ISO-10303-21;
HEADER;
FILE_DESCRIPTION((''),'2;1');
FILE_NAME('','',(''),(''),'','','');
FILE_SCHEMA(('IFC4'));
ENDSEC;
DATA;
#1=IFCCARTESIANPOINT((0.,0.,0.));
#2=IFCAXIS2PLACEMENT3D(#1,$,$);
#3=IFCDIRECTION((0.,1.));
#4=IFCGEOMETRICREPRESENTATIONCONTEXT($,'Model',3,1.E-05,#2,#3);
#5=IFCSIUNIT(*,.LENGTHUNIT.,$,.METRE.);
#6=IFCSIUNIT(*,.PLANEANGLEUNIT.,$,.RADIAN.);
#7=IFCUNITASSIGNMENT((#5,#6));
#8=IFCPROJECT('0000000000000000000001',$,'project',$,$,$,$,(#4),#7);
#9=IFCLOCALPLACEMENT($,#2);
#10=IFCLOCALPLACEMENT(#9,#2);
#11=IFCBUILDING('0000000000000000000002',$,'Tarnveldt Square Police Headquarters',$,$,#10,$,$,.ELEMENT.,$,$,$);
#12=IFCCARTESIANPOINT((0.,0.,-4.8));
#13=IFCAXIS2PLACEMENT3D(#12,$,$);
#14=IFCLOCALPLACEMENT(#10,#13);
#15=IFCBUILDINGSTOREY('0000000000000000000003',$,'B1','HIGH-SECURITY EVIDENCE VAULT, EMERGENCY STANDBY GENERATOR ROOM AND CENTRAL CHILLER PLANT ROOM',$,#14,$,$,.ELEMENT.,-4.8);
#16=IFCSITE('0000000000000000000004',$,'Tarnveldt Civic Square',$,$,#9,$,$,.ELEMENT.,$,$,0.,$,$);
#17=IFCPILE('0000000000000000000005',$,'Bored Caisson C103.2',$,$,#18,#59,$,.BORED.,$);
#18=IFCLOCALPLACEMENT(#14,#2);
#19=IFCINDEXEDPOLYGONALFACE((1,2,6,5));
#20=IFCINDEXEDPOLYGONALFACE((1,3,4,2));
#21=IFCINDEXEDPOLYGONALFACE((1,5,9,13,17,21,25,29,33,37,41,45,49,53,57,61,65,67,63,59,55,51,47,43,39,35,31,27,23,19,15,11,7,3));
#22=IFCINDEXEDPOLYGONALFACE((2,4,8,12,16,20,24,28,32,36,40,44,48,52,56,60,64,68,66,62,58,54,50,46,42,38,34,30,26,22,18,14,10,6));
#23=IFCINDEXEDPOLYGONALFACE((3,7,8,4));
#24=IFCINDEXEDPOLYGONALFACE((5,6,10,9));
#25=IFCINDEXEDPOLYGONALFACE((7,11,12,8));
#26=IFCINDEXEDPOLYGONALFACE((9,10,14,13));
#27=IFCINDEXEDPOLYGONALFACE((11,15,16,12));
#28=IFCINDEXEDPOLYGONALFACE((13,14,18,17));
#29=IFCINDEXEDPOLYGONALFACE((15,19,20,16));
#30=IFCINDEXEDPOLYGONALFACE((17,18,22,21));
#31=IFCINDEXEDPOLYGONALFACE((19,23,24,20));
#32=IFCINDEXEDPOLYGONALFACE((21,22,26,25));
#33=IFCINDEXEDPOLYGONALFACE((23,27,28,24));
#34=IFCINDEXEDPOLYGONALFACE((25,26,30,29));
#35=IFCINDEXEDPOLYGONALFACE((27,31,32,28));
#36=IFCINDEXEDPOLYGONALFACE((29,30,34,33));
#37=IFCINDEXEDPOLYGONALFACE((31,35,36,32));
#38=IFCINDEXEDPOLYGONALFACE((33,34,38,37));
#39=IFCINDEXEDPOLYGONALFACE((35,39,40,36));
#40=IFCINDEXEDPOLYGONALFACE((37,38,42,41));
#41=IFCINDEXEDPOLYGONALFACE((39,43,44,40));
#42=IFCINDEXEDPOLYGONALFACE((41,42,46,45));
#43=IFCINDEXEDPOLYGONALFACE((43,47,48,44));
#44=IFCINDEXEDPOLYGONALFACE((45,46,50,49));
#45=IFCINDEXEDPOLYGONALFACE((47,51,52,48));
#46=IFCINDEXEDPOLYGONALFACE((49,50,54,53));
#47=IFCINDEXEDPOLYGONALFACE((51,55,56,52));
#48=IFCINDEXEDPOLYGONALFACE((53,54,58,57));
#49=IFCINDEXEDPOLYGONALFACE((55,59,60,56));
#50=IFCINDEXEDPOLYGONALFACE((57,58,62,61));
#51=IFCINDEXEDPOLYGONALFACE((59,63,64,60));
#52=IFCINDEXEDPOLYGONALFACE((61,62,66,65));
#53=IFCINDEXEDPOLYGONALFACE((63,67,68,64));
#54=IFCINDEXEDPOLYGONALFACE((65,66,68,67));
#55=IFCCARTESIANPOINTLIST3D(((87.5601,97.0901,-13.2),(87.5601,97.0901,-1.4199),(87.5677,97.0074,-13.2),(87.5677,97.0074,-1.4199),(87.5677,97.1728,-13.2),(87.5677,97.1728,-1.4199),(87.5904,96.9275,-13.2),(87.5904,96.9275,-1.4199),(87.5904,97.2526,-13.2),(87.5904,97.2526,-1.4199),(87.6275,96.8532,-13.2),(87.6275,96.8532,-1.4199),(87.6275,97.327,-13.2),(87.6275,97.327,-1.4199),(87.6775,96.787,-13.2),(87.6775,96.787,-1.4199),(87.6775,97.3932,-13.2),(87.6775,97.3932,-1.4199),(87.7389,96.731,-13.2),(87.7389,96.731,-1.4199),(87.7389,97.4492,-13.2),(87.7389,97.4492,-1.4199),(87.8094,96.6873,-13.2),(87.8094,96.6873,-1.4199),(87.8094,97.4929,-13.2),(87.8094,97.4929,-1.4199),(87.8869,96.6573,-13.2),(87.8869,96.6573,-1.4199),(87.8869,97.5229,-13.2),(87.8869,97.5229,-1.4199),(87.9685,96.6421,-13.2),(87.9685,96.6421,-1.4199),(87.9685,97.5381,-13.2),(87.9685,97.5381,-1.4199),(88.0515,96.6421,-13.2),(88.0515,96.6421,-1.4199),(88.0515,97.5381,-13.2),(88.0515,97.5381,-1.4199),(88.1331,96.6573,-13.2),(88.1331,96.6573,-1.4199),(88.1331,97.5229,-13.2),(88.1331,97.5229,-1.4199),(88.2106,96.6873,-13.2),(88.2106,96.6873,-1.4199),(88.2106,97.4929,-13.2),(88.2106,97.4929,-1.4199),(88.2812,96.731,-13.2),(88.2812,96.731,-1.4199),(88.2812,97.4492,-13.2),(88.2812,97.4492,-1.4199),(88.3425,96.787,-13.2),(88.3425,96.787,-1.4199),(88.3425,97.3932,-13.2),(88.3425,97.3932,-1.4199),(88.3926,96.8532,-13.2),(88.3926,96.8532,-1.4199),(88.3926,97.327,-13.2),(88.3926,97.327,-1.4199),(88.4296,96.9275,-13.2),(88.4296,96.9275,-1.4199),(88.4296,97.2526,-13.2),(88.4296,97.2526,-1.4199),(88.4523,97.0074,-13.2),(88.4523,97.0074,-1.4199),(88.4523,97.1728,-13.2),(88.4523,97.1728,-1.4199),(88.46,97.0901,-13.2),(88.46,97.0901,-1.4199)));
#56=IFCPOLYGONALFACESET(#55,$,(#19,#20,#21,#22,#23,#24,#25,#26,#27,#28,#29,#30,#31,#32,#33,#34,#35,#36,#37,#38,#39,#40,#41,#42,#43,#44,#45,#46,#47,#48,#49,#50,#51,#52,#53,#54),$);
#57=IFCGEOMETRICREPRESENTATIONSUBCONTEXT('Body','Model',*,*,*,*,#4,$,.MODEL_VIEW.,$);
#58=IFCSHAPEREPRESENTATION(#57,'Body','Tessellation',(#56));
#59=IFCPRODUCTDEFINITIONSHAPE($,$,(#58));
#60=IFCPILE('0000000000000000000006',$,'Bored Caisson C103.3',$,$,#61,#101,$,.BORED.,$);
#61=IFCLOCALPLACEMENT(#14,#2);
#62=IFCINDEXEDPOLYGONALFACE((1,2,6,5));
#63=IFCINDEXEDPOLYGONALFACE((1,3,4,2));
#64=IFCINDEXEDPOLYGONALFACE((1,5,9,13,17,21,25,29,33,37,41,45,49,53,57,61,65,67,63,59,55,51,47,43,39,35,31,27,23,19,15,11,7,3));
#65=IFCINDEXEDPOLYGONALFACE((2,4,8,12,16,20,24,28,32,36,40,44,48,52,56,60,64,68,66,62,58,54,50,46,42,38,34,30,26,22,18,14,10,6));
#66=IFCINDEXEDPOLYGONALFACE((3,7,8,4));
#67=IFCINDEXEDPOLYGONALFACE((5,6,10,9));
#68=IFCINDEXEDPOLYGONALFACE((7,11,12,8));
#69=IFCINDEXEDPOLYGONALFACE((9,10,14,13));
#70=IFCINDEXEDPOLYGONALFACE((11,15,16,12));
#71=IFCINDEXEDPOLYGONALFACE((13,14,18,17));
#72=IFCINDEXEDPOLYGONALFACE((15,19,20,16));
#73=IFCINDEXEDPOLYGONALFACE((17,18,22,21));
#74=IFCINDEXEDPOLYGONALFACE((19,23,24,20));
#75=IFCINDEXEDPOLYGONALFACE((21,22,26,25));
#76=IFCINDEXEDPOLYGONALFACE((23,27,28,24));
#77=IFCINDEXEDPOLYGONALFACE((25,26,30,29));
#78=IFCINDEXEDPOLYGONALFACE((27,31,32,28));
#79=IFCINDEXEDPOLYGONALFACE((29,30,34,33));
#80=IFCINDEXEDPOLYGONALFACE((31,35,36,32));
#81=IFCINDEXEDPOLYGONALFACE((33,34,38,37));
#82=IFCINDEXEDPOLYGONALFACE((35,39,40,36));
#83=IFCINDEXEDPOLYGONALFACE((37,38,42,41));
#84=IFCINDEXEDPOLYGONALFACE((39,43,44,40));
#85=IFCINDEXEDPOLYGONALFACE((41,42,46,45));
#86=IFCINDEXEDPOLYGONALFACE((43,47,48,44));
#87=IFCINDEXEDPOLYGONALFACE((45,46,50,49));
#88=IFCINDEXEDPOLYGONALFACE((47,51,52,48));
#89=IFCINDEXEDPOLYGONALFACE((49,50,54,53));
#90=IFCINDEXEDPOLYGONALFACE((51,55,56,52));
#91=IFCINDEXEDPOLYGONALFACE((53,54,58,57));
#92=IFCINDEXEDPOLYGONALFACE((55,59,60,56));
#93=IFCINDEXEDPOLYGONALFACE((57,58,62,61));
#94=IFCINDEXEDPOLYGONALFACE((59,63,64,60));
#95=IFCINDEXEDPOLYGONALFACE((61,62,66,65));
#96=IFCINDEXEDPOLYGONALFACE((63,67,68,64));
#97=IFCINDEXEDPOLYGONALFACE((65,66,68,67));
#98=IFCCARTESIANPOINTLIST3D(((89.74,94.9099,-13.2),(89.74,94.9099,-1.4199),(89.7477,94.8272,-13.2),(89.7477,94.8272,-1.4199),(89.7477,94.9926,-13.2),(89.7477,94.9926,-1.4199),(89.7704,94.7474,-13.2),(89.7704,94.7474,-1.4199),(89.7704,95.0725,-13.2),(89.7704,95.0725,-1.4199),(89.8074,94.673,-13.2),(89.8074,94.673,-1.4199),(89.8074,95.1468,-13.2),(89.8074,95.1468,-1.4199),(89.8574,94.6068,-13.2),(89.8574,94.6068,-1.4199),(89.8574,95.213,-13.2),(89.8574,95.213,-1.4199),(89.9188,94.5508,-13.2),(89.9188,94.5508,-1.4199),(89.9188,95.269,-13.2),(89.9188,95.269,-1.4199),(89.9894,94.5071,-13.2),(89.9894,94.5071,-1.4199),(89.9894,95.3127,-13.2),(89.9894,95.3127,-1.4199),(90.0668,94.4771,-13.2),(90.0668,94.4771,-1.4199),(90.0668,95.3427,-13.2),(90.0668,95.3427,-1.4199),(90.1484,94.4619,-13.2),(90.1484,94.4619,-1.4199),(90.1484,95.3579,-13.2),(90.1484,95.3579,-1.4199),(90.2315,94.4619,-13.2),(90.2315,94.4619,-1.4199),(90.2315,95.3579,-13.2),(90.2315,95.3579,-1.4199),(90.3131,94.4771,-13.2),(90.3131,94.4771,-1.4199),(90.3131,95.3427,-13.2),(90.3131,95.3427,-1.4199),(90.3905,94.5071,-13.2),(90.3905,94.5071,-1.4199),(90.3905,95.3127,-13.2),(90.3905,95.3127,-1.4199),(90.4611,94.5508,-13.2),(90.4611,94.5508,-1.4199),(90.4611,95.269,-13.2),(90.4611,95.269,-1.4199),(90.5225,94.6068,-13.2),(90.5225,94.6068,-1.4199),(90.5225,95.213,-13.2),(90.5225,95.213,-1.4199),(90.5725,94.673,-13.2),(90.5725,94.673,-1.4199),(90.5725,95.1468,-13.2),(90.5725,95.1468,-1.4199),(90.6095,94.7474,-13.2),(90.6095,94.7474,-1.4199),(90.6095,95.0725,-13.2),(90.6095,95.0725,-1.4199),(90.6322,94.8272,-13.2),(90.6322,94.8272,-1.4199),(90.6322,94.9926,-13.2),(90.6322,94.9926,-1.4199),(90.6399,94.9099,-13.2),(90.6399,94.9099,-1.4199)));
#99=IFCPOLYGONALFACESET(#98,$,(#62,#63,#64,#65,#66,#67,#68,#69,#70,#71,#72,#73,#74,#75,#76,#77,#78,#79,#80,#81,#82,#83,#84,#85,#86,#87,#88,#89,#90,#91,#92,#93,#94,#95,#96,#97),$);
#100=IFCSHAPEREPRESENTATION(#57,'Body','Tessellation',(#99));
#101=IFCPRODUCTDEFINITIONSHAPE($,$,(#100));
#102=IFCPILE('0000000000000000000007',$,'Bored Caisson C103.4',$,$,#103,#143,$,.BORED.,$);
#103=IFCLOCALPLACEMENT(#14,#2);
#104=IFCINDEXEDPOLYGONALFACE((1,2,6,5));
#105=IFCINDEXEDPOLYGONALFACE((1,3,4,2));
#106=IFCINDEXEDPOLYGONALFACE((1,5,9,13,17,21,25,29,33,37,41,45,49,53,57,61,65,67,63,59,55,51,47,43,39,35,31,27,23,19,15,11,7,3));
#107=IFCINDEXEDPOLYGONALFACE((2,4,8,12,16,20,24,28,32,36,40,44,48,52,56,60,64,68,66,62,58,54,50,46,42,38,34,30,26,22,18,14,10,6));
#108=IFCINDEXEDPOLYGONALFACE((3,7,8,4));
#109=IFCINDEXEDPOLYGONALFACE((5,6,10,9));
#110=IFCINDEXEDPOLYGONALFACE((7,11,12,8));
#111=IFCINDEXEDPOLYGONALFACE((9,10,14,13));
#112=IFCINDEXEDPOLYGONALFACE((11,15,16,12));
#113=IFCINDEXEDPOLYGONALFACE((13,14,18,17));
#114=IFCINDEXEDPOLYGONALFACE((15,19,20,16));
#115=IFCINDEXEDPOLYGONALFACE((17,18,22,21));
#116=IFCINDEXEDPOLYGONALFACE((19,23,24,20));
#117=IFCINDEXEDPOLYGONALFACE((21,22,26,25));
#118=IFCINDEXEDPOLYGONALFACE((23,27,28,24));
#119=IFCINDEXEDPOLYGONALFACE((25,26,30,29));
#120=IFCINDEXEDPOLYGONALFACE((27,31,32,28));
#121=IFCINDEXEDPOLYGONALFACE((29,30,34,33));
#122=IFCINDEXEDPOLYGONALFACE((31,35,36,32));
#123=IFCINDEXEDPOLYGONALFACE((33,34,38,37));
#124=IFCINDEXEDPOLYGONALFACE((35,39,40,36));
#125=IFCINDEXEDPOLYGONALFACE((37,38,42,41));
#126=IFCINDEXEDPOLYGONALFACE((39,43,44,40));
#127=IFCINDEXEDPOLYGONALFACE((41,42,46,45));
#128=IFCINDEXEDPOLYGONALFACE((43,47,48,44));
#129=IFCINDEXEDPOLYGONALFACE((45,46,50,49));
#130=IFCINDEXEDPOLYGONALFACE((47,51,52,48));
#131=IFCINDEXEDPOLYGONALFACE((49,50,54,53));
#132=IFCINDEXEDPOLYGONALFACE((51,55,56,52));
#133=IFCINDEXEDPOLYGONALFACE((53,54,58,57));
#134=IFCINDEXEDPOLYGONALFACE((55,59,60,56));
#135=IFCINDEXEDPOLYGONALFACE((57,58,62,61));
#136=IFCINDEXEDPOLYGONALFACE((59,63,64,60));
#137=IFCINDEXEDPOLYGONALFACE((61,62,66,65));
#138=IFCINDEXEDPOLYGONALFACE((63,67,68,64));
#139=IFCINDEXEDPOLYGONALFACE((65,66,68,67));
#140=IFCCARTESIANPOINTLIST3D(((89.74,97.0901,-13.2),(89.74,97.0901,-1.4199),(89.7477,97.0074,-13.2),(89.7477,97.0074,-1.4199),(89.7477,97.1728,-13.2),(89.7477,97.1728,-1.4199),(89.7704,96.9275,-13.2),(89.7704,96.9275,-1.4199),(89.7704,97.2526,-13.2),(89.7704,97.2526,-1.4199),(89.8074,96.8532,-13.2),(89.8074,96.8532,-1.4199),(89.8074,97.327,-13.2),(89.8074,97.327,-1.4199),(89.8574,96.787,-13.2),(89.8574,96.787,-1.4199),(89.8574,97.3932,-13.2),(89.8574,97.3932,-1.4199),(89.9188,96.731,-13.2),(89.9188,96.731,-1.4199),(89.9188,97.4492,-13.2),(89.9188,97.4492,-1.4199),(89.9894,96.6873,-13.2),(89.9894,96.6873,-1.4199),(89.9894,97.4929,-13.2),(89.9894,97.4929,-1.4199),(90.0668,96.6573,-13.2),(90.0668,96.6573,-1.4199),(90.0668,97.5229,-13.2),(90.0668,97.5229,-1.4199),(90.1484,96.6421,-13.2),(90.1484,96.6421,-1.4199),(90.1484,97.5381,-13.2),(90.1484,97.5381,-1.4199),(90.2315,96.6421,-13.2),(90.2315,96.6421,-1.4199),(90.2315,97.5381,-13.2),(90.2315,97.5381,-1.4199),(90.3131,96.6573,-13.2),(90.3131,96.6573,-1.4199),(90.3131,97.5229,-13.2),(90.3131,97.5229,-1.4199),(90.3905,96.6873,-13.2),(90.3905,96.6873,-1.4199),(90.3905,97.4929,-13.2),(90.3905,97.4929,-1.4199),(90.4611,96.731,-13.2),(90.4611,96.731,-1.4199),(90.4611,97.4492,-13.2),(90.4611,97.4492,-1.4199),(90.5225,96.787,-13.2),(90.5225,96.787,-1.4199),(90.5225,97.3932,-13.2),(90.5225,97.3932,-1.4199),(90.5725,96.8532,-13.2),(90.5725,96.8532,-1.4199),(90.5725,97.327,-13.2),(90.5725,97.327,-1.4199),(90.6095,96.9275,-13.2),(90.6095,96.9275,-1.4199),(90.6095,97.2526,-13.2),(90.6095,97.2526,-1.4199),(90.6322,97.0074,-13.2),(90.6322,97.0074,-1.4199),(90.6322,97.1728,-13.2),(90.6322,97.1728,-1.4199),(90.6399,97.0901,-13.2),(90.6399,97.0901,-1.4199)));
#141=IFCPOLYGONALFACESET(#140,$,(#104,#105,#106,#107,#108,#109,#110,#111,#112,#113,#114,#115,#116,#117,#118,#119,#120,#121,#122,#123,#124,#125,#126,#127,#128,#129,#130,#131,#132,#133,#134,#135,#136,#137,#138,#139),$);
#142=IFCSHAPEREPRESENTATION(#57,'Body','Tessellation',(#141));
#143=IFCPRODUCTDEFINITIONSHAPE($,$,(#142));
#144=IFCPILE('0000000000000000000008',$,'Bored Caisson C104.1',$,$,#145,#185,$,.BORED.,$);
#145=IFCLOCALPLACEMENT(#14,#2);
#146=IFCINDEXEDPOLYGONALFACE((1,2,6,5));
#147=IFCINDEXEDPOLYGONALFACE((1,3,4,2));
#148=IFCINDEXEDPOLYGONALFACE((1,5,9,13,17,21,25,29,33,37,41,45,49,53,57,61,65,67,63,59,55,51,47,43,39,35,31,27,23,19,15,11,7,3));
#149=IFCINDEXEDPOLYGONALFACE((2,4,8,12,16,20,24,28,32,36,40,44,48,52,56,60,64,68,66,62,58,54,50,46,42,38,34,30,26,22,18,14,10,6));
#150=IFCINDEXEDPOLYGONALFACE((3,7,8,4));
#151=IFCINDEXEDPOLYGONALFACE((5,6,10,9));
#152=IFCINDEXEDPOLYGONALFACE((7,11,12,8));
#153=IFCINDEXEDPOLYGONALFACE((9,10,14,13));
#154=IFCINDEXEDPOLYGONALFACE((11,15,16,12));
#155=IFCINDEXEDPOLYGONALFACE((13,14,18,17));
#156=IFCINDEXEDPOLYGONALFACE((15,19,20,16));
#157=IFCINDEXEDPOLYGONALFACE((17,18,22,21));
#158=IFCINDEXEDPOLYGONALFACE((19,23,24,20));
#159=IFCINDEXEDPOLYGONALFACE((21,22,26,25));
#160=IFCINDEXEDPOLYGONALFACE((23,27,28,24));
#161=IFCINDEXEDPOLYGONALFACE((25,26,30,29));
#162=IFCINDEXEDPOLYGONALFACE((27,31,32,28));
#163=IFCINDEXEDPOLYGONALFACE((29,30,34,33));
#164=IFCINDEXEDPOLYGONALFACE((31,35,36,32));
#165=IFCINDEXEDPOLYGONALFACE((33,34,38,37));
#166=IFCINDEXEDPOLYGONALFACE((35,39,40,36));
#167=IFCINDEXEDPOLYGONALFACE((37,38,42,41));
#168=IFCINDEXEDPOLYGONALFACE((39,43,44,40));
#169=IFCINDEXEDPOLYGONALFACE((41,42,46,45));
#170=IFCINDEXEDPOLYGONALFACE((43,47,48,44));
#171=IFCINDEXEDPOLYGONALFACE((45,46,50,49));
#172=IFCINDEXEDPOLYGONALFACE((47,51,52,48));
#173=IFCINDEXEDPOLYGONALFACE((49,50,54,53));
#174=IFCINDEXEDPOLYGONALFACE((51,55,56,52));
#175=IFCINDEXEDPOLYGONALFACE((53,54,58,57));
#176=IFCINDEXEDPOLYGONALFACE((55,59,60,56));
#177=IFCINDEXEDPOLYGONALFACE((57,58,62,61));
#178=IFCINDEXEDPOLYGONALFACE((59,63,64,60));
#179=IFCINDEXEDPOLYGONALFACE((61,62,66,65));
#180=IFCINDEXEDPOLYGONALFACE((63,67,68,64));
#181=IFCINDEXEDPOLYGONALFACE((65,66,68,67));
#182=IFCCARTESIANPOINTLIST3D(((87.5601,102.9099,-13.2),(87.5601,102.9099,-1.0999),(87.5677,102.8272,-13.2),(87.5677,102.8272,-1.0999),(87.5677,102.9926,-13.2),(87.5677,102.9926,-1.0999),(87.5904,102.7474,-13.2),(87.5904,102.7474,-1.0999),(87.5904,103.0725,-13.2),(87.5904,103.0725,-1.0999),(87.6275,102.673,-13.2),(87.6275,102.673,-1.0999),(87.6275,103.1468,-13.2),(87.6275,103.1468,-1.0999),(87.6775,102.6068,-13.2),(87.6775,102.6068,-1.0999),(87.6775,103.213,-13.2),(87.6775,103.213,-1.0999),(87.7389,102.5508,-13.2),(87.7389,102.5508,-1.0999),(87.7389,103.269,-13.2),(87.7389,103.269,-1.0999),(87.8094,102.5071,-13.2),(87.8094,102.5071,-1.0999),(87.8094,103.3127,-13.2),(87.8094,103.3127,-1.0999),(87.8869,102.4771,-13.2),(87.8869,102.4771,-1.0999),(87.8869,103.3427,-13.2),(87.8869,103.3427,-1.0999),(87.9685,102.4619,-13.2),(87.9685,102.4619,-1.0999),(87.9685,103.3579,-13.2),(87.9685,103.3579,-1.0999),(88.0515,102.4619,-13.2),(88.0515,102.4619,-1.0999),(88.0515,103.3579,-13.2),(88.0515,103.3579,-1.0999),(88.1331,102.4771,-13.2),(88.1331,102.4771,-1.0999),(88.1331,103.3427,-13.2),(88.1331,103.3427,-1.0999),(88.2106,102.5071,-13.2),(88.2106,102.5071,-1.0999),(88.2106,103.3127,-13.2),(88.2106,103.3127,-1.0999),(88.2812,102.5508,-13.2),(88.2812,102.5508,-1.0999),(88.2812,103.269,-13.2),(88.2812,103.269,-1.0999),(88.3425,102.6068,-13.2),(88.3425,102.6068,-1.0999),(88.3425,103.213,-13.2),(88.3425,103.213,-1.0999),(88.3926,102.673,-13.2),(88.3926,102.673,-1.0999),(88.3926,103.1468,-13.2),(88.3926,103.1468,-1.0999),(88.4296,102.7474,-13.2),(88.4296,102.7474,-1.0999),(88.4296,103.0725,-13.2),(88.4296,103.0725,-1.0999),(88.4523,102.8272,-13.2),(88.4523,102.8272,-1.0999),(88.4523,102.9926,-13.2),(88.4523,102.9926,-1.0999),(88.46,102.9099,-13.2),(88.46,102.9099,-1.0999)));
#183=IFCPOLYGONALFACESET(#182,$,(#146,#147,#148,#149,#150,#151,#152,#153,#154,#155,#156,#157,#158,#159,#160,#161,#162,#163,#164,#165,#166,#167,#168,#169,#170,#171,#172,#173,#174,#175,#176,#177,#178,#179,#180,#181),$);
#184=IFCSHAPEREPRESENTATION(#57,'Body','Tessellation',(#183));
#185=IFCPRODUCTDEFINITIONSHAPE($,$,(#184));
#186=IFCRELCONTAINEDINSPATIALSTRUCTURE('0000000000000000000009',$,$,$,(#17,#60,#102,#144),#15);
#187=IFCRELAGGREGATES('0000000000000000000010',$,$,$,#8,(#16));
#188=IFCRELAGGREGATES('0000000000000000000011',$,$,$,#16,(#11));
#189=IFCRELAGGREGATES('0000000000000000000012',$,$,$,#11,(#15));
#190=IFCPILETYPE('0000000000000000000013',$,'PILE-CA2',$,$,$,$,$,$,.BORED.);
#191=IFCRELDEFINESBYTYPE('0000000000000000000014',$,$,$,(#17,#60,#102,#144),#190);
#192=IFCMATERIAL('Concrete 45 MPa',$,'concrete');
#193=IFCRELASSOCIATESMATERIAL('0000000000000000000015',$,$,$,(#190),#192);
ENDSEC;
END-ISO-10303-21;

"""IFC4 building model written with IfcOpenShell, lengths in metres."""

from ifc_helpers import new_model, si_unit, direction, frame, origin, origin_2d, place, context, subcontext, project, spatial, circle, extrude, material, material_profile, profile_set, type_object, element, save


model = new_model("IFC4")

# Units and contexts
model_context = context("Model", 3, precision=1e-05, world=origin(), true_north=direction((0.0, 1.0)))
body_context = subcontext(model_context, "Body", "Model", "MODEL_VIEW")
ifc_project = project(units=[si_unit("LENGTHUNIT", "METRE"), si_unit("PLANEANGLEUNIT", "RADIAN")], contexts=[model_context])

# Site, building, storey
site_placement = place(None, origin())
site = spatial("IfcSite", under=ifc_project, at=site_placement, Name="Tarnveldt Civic Square", CompositionType="ELEMENT", RefElevation=0.0)
building_placement = place(site_placement, origin())
building = spatial("IfcBuilding", under=site, at=building_placement, Name="Tarnveldt Square Police Headquarters", CompositionType="ELEMENT")
storey_placement = place(building_placement, frame((0.0, 0.0, -4.8)))
storey = spatial("IfcBuildingStorey", under=building, at=storey_placement, Name="B1", Description="HIGH-SECURITY EVIDENCE VAULT, EMERGENCY STANDBY GENERATOR ROOM AND CENTRAL CHILLER PLANT ROOM", CompositionType="ELEMENT", Elevation=-4.8)

# Shared definitions
ifc_material_1 = material(Name="Concrete 45 MPa", Category="concrete")

# Piles
ifc_material_profile_1 = material_profile(ifc_material_1, circle(Radius=0.45, at=origin_2d()), Name="CAISSON-D900")
ifc_profile_set_1 = profile_set([ifc_material_profile_1], Name="Concrete 45 MPa")
pile_type = type_object("IfcPileType", Name="PILE-CA2", PredefinedType="BORED", material=ifc_profile_set_1)
for number, where, z_axis, x_axis, name in (
    (1, (88.01, 97.0901, -1.4199), (0.0, 0.0, -1.0), (1.0, 0.0, 0.0), "Bored Caisson C103.2"),
    (2, (90.1899, 94.9099, -1.4199), (0.0, 0.0, -1.0), (1.0, 0.0, 0.0), "Bored Caisson C103.3"),
    (3, (90.1899, 97.0901, -1.4199), (0.0, 0.0, -1.0), (1.0, 0.0, 0.0), "Bored Caisson C103.4"),
):
    element("IfcPile", number, at=place(storey_placement, frame(where, z_axis=z_axis, x_axis=x_axis)), inside=storey, type_object=pile_type, Name=name, PredefinedType="BORED", context=body_context, shape_type="SweptSolid", body=[
        extrude(circle(Radius=0.45, at=origin_2d()), origin(), (0.0, 0.0, 1.0), 11.78),
    ])
for number, where, z_axis, x_axis, name in (
    (4, (88.01, 102.9099, -1.0999), (0.0, 0.0, -1.0), (1.0, 0.0, 0.0), "Bored Caisson C104.1"),
):
    element("IfcPile", number, at=place(storey_placement, frame(where, z_axis=z_axis, x_axis=x_axis)), inside=storey, type_object=pile_type, Name=name, PredefinedType="BORED", context=body_context, shape_type="SweptSolid", body=[
        extrude(circle(Radius=0.45, at=origin_2d()), origin(), (0.0, 0.0, 1.0), 12.1001),
    ])

save(model, "model.ifc")
